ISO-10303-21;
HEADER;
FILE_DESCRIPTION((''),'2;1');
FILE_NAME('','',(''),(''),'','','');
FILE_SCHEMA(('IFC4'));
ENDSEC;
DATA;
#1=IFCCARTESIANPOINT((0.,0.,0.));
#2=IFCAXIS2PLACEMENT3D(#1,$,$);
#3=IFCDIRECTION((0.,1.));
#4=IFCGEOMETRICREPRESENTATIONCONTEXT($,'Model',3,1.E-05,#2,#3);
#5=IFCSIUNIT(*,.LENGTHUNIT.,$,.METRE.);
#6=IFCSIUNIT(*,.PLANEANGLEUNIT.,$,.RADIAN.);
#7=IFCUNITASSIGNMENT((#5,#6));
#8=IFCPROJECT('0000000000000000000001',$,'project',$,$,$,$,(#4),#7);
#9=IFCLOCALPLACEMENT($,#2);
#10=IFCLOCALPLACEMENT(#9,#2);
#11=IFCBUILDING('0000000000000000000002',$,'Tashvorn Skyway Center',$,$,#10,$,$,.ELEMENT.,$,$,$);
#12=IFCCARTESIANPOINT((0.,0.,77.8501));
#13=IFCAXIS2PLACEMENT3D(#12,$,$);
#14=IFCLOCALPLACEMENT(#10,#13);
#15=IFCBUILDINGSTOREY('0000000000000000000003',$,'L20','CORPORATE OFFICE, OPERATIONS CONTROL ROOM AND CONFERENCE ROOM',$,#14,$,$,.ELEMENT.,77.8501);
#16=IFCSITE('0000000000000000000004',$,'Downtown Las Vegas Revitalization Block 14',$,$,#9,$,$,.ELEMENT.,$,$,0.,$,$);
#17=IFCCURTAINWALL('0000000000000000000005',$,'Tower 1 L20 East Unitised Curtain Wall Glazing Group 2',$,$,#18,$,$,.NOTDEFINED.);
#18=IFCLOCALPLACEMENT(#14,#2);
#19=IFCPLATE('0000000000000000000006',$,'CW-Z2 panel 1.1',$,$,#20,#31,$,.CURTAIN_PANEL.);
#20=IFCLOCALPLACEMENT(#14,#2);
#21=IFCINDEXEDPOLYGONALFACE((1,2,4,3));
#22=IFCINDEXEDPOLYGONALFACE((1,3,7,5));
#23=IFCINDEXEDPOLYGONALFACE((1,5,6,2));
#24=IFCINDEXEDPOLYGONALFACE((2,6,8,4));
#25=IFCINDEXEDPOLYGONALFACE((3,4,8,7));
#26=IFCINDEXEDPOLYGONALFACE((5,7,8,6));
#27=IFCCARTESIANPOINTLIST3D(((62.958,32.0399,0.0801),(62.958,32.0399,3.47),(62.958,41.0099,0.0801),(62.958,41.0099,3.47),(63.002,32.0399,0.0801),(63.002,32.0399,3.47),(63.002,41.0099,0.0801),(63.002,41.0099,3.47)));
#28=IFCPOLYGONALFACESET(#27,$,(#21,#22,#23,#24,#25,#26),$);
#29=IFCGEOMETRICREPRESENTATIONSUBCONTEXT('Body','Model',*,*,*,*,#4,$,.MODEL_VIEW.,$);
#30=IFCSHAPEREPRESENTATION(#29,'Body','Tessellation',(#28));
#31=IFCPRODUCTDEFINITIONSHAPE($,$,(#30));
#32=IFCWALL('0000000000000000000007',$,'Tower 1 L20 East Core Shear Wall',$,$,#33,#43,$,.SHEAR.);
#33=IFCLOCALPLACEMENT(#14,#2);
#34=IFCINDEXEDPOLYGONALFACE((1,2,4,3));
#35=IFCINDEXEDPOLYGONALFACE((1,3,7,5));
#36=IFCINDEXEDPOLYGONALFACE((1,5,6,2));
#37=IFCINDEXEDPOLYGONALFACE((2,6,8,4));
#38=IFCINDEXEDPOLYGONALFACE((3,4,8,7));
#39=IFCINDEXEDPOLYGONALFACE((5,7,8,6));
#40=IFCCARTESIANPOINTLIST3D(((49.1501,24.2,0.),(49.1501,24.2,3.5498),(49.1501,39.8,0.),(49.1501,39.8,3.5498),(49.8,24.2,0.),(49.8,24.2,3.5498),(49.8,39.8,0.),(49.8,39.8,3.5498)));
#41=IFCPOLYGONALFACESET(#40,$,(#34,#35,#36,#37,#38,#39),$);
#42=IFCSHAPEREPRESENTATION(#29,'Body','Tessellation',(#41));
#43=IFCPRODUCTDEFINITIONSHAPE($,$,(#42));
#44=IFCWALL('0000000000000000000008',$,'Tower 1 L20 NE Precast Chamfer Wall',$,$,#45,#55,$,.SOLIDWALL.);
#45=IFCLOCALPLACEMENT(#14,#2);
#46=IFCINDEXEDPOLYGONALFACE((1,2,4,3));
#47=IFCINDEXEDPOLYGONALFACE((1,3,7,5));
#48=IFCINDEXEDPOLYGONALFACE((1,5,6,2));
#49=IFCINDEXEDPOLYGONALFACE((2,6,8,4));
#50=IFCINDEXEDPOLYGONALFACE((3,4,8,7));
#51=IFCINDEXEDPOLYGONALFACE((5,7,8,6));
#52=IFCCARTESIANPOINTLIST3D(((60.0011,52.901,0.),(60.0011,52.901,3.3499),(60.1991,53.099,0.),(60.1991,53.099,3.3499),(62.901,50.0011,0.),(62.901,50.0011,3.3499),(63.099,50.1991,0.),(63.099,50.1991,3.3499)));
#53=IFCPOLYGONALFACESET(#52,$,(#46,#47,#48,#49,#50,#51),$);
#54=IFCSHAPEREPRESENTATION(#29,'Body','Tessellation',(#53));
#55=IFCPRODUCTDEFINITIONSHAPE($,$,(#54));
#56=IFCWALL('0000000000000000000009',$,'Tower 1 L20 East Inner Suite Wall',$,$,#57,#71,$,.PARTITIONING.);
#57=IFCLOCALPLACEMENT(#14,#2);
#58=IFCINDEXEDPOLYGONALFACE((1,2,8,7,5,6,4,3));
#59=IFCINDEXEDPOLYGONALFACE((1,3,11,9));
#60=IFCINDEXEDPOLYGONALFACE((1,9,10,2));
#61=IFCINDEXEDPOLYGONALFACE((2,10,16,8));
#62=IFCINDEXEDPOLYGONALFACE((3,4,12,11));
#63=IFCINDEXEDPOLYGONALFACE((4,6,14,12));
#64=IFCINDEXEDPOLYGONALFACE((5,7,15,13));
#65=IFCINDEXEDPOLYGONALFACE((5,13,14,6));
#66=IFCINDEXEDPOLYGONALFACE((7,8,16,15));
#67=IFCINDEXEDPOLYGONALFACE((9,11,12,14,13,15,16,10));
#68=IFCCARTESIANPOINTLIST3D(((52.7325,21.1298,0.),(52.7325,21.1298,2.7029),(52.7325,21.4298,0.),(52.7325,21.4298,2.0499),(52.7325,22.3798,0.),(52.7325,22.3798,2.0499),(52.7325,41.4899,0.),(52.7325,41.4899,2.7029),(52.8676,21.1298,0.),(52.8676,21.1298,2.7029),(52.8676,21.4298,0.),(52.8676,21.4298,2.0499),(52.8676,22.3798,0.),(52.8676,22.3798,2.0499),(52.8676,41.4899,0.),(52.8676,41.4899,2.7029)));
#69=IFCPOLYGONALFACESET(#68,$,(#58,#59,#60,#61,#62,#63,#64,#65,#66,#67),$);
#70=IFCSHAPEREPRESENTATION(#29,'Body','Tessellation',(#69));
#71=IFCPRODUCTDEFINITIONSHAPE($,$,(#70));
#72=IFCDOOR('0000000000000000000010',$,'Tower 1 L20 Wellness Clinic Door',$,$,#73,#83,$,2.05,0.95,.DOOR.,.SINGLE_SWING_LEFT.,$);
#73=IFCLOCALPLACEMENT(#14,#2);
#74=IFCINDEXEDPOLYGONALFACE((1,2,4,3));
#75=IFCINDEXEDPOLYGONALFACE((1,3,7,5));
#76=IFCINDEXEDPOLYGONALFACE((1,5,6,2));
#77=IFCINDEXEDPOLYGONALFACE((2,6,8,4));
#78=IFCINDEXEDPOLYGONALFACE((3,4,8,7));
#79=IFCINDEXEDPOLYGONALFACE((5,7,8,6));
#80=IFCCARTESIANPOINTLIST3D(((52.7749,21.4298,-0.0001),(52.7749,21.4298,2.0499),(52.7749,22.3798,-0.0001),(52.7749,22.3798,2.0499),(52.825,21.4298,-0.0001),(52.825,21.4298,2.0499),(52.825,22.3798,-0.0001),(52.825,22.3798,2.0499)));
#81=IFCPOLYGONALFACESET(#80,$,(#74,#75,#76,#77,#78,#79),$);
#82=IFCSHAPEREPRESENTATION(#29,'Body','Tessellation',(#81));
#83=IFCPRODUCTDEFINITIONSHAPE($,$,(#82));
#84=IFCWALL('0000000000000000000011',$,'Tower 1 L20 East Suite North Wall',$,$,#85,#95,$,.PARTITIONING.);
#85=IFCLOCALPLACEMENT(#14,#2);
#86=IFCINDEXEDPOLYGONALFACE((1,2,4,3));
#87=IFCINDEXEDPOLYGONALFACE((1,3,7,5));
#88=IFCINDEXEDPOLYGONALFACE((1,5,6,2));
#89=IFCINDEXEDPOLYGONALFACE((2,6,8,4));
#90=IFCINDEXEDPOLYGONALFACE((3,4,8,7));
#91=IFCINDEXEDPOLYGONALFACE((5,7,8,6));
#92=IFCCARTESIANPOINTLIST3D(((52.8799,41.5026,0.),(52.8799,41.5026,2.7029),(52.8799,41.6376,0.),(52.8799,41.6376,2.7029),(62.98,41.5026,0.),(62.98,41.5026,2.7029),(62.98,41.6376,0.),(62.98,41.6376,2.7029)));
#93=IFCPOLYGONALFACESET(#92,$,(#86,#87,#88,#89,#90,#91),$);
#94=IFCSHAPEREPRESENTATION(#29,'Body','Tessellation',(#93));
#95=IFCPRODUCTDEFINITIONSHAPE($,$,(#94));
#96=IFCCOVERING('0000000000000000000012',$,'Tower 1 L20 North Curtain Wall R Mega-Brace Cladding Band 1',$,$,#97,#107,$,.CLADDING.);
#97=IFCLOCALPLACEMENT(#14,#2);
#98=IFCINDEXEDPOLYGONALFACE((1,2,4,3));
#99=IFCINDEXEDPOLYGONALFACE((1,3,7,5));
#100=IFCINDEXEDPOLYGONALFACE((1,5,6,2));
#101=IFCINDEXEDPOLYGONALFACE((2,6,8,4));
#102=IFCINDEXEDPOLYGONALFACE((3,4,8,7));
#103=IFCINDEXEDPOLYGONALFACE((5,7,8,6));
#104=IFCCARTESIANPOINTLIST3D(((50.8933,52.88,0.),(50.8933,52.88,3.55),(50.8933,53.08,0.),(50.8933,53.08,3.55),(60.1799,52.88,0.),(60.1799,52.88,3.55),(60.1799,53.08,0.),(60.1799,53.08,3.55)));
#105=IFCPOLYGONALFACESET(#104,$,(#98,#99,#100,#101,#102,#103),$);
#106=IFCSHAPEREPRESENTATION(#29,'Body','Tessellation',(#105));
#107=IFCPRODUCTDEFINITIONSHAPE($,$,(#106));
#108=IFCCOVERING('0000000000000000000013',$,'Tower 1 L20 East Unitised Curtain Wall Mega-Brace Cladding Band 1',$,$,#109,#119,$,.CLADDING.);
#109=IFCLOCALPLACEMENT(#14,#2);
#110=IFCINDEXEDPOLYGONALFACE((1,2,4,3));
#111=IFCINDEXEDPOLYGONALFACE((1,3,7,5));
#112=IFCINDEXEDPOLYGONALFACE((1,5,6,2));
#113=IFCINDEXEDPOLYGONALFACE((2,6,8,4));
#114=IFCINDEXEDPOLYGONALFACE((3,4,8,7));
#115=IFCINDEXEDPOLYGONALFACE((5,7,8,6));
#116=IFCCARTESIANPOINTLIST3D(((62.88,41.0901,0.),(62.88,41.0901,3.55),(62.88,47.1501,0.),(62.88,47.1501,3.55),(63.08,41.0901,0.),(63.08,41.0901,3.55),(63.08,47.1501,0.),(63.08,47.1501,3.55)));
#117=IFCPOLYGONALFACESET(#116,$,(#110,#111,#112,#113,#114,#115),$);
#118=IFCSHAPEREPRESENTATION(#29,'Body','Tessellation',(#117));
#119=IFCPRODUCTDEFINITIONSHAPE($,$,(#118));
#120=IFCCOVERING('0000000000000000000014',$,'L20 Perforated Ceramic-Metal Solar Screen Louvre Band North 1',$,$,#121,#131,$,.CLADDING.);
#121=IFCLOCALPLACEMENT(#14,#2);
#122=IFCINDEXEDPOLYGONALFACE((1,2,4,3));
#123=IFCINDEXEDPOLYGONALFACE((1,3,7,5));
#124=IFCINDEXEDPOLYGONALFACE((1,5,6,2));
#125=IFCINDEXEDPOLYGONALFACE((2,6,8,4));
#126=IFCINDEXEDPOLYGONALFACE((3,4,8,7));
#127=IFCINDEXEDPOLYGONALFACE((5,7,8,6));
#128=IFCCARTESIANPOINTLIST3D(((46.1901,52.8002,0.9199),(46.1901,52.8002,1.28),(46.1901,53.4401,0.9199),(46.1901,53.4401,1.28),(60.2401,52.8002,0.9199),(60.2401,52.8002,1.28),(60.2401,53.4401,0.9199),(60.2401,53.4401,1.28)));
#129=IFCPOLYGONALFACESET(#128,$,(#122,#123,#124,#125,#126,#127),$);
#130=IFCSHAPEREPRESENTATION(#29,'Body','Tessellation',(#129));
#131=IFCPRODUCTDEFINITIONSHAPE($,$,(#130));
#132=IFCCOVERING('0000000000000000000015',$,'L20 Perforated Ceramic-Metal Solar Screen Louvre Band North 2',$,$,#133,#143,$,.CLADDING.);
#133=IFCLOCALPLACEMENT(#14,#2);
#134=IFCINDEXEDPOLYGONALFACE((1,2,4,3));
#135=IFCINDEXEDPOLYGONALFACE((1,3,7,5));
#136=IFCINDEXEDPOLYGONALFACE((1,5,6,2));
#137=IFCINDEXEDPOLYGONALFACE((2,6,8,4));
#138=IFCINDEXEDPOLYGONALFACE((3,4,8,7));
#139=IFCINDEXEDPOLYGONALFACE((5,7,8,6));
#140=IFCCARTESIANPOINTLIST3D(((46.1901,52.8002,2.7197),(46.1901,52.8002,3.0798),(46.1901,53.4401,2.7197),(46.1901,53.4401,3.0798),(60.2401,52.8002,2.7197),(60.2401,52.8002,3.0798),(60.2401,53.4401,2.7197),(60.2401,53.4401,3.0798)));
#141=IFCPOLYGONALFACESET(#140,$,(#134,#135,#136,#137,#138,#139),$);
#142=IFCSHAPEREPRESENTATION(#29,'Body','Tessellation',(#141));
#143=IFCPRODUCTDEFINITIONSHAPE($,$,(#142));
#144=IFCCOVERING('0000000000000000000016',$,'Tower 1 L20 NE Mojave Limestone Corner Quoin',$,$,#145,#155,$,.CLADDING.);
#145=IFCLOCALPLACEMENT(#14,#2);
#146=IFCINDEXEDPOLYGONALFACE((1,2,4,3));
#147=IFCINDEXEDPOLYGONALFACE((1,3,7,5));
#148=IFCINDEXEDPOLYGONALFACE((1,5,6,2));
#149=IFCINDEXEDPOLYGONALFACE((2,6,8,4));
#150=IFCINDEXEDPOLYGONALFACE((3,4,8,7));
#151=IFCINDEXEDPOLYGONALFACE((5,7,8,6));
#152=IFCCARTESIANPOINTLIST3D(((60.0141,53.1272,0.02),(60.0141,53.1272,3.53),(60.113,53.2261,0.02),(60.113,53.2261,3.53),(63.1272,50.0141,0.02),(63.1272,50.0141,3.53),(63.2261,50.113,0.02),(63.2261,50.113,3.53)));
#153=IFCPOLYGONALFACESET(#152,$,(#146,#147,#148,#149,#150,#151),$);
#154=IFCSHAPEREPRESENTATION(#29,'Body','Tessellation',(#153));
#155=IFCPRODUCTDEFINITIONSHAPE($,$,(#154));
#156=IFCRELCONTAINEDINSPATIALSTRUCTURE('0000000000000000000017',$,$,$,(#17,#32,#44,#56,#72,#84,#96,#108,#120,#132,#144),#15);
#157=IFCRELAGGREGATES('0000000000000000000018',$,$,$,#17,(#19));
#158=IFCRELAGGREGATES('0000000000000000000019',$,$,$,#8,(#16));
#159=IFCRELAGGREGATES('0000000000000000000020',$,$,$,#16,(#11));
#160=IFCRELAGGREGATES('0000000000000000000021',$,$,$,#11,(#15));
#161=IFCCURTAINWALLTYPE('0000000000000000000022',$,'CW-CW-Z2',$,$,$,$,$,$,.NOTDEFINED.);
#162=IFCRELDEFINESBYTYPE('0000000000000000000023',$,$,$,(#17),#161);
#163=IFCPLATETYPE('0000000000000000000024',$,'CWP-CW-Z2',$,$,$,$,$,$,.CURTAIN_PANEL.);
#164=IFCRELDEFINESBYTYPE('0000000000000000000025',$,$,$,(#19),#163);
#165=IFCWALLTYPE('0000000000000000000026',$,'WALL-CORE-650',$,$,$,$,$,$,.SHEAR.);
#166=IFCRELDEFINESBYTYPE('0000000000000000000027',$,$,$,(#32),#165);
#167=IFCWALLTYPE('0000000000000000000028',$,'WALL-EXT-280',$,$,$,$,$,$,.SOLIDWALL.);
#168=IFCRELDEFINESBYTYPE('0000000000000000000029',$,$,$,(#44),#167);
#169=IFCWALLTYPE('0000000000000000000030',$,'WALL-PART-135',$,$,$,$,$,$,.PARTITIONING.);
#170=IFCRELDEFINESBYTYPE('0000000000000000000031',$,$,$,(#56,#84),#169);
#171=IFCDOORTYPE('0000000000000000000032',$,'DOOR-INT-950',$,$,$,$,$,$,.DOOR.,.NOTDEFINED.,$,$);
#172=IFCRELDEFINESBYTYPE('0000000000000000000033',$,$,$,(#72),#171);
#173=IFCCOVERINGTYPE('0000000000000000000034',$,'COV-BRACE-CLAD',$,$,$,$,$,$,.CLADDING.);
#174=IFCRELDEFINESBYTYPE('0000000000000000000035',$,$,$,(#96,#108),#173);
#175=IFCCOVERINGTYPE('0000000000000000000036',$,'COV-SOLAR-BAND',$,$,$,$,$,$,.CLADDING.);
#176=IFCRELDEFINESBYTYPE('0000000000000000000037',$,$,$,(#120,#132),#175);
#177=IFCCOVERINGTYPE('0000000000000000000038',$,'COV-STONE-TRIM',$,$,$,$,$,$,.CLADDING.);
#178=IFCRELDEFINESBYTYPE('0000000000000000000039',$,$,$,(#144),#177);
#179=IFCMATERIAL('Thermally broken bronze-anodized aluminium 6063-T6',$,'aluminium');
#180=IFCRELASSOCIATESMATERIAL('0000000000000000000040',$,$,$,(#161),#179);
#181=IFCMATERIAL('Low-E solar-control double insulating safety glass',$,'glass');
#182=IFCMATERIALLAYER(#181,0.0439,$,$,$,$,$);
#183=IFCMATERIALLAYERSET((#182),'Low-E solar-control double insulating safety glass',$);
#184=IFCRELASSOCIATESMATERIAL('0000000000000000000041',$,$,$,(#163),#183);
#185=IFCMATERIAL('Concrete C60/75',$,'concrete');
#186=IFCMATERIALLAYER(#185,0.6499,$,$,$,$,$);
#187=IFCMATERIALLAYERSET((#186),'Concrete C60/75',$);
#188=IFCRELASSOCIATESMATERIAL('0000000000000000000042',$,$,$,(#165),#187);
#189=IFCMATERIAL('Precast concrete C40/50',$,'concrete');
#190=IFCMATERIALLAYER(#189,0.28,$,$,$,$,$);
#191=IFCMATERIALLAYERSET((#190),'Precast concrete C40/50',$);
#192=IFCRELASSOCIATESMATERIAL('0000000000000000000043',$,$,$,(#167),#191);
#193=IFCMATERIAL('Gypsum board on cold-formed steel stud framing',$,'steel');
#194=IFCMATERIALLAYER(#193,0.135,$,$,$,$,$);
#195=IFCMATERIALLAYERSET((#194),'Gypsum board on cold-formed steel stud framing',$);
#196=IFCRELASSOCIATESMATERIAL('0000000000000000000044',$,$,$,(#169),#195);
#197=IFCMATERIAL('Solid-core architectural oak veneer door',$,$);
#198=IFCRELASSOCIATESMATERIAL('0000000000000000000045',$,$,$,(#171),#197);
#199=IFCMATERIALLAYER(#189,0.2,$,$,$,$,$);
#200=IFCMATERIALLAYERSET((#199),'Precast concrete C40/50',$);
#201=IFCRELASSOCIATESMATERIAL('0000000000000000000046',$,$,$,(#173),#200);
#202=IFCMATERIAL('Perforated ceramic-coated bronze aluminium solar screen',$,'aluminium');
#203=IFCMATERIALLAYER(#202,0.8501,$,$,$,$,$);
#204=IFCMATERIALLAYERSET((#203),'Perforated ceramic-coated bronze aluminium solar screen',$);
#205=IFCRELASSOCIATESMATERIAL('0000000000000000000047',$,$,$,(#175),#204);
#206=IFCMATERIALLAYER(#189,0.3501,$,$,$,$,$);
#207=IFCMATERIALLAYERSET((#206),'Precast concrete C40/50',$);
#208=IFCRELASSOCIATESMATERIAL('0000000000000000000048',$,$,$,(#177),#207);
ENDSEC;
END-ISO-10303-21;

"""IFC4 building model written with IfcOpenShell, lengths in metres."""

from ifc_helpers import new_model, si_unit, direction, frame, frame_2d, origin, origin_2d, place, context, subcontext, project, spatial, rectangle, extrude, material, layer, layer_set, type_object, element, fill, aggregate, save


model = new_model("IFC4")

# Units and contexts
model_context = context("Model", 3, precision=1e-05, world=origin(), true_north=direction((0.0, 1.0)))
body_context = subcontext(model_context, "Body", "Model", "MODEL_VIEW")
ifc_project = project(units=[si_unit("LENGTHUNIT", "METRE"), si_unit("PLANEANGLEUNIT", "RADIAN")], contexts=[model_context])

# Site, building, storey
site_placement = place(None, origin())
site = spatial("IfcSite", under=ifc_project, at=site_placement, Name="Downtown Las Vegas Revitalization Block 14", CompositionType="ELEMENT", RefElevation=0.0)
building_placement = place(site_placement, origin())
building = spatial("IfcBuilding", under=site, at=building_placement, Name="Tashvorn Skyway Center", CompositionType="ELEMENT")
storey_placement = place(building_placement, frame((0.0, 0.0, 77.8501)))
storey = spatial("IfcBuildingStorey", under=building, at=storey_placement, Name="L20", Description="CORPORATE OFFICE, OPERATIONS CONTROL ROOM AND CONFERENCE ROOM", CompositionType="ELEMENT", Elevation=77.8501)

# Shared definitions
ifc_material_1 = material(Name="Thermally broken bronze-anodized aluminium 6063-T6", Category="aluminium")
curtain_wall_type = type_object("IfcCurtainWallType", Name="CW-CW-Z2", PredefinedType="NOTDEFINED", material=ifc_material_1)

# Curtain wall
curtain_wall_1_placement = place(storey_placement, origin())
curtain_wall_1 = element("IfcCurtainWall", 1, at=curtain_wall_1_placement, inside=storey, type_object=curtain_wall_type, Name="Tower 1 L20 East Unitised Curtain Wall Glazing Group 2", PredefinedType="NOTDEFINED")

# Plate
ifc_material_2 = material(Name="Low-E solar-control double insulating safety glass", Category="glass")
ifc_layer_1 = layer(ifc_material_2, 0.0439)
ifc_layer_set_1 = layer_set([ifc_layer_1], Name="Low-E solar-control double insulating safety glass")
plate_type = type_object("IfcPlateType", Name="CWP-CW-Z2", PredefinedType="CURTAIN_PANEL", material=ifc_layer_set_1)
plate_1_placement = place(storey_placement, frame((62.98, 36.5249, 0.0801), z_axis=(0.0, 0.0, 1.0), x_axis=(0.0, -1.0, 0.0)))
plate_1 = element("IfcPlate", 2, at=plate_1_placement, type_object=plate_type, Name="CW-Z2 panel 1.1", PredefinedType="CURTAIN_PANEL", context=body_context, shape_type="SweptSolid", body=[
    extrude(rectangle(XDim=8.97, YDim=0.0439, at=origin_2d()), origin(), (0.0, 0.0, 1.0), 3.3899),
])
aggregate(curtain_wall_1, [plate_1])

# Walls
ifc_material_3 = material(Name="Concrete C60/75", Category="concrete")
ifc_layer_2 = layer(ifc_material_3, 0.6499)
ifc_layer_set_2 = layer_set([ifc_layer_2], Name="Concrete C60/75")
wall_type_1 = type_object("IfcWallType", Name="WALL-CORE-650", PredefinedType="SHEAR", material=ifc_layer_set_2)
wall_1_placement = place(storey_placement, frame((49.4751, 39.8, 0.0), z_axis=(0.0, 0.0, 1.0), x_axis=(0.0, -1.0, 0.0)))
element("IfcWall", 3, at=wall_1_placement, inside=storey, type_object=wall_type_1, Name="Tower 1 L20 East Core Shear Wall", PredefinedType="SHEAR", context=body_context, shape_type="SweptSolid", body=[
    extrude(rectangle(XDim=15.6001, YDim=0.6499, at=frame_2d((7.8, 0.0))), origin(), (0.0, 0.0, 1.0), 3.5498),
])
ifc_material_4 = material(Name="Precast concrete C40/50", Category="concrete")
ifc_layer_3 = layer(ifc_material_4, 0.28)
ifc_layer_set_3 = layer_set([ifc_layer_3], Name="Precast concrete C40/50")
wall_type_2 = type_object("IfcWallType", Name="WALL-EXT-280", PredefinedType="SOLIDWALL", material=ifc_layer_set_3)
wall_2_placement = place(storey_placement, frame((60.1001, 53.0, 0.0), z_axis=(0.0, 0.0, 1.0), x_axis=(0.707107, -0.707107, 0.0)))
element("IfcWall", 4, at=wall_2_placement, inside=storey, type_object=wall_type_2, Name="Tower 1 L20 NE Precast Chamfer Wall", PredefinedType="SOLIDWALL", context=body_context, shape_type="SweptSolid", body=[
    extrude(rectangle(XDim=4.1011, YDim=0.28, at=frame_2d((2.0505, 0.0))), origin(), (0.0, 0.0, 1.0), 3.3499),
])

# Wall, opening, door
ifc_material_5 = material(Name="Gypsum board on cold-formed steel stud framing", Category="steel")
ifc_layer_4 = layer(ifc_material_5, 0.135)
ifc_layer_set_4 = layer_set([ifc_layer_4], Name="Gypsum board on cold-formed steel stud framing")
wall_type_3 = type_object("IfcWallType", Name="WALL-PART-135", PredefinedType="PARTITIONING", material=ifc_layer_set_4)
wall_3_placement = place(storey_placement, frame((52.8, 41.49, 0.0), z_axis=(0.0, 0.0, 1.0), x_axis=(0.0, -1.0, 0.0)))
wall_3 = element("IfcWall", 5, at=wall_3_placement, inside=storey, type_object=wall_type_3, Name="Tower 1 L20 East Inner Suite Wall", PredefinedType="PARTITIONING", context=body_context, shape_type="SweptSolid", body=[
    extrude(rectangle(XDim=20.3601, YDim=0.135, at=frame_2d((10.1802, 0.0))), origin(), (0.0, 0.0, 1.0), 2.7029),
])
opening_placement = place(wall_3_placement, frame((19.1101, 0.0, 0.0)))
opening = element("IfcOpeningElement", 6, at=opening_placement, cuts=wall_3, PredefinedType="OPENING", context=body_context, shape_type="SweptSolid", body=[
    extrude(rectangle(XDim=0.95, YDim=2.05, at=frame_2d((0.4751, 1.0249))), frame((0.0, 0.0774, 0.0), z_axis=(0.0, -1.0, 0.0), x_axis=(1.0, 0.0, 0.0)), (0.0, 0.0, 1.0), 0.155),
])
ifc_material_6 = material(Name="Solid-core architectural oak veneer door")
door_type = type_object("IfcDoorType", Name="DOOR-INT-950", OperationType="NOTDEFINED", PredefinedType="DOOR", material=ifc_material_6)
door_placement = place(opening_placement, origin())
door = element("IfcDoor", 7, at=door_placement, inside=storey, type_object=door_type, Name="Tower 1 L20 Wellness Clinic Door", OperationType="SINGLE_SWING_LEFT", OverallHeight=2.05, OverallWidth=0.95, PredefinedType="DOOR", context=body_context, shape_type="SweptSolid", body=[
    extrude(rectangle(XDim=0.95, YDim=2.05, at=frame_2d((0.4751, 1.0249))), frame((0.0, 0.0249, 0.0), z_axis=(0.0, -1.0, 0.0), x_axis=(1.0, 0.0, 0.0)), (0.0, 0.0, 1.0), 0.05),
])
fill(opening, door)

# Wall
wall_4_placement = place(storey_placement, frame((62.98, 41.5701, 0.0), z_axis=(0.0, 0.0, 1.0), x_axis=(-1.0, 0.0, 0.0)))
element("IfcWall", 8, at=wall_4_placement, inside=storey, type_object=wall_type_3, Name="Tower 1 L20 East Suite North Wall", PredefinedType="PARTITIONING", context=body_context, shape_type="SweptSolid", body=[
    extrude(rectangle(XDim=10.1001, YDim=0.135, at=frame_2d((5.05, 0.0))), origin(), (0.0, 0.0, 1.0), 2.7029),
])

# Coverings
ifc_layer_5 = layer(ifc_material_4, 0.2)
ifc_layer_set_5 = layer_set([ifc_layer_5], Name="Precast concrete C40/50")
covering_type_1 = type_object("IfcCoveringType", Name="COV-BRACE-CLAD", PredefinedType="CLADDING", material=ifc_layer_set_5)
covering_1_placement = place(storey_placement, frame((55.5366, 52.98, 0.0), z_axis=(0.0, 0.0, 1.0), x_axis=(1.0, 0.0, 0.0)))
element("IfcCovering", 9, at=covering_1_placement, inside=storey, type_object=covering_type_1, Name="Tower 1 L20 North Curtain Wall R Mega-Brace Cladding Band 1", PredefinedType="CLADDING", context=body_context, shape_type="SweptSolid", body=[
    extrude(rectangle(XDim=9.2866, YDim=0.2, at=origin_2d()), origin(), (0.0, 0.0, 1.0), 3.55),
])
covering_2_placement = place(storey_placement, frame((62.98, 44.1201, 0.0), z_axis=(0.0, 0.0, 1.0), x_axis=(0.0, -1.0, 0.0)))
element("IfcCovering", 10, at=covering_2_placement, inside=storey, type_object=covering_type_1, Name="Tower 1 L20 East Unitised Curtain Wall Mega-Brace Cladding Band 1", PredefinedType="CLADDING", context=body_context, shape_type="SweptSolid", body=[
    extrude(rectangle(XDim=6.0601, YDim=0.2, at=origin_2d()), origin(), (0.0, 0.0, 1.0), 3.55),
])
ifc_material_7 = material(Name="Perforated ceramic-coated bronze aluminium solar screen", Category="aluminium")
ifc_layer_6 = layer(ifc_material_7, 0.8501)
ifc_layer_set_6 = layer_set([ifc_layer_6], Name="Perforated ceramic-coated bronze aluminium solar screen")
covering_type_2 = type_object("IfcCoveringType", Name="COV-SOLAR-BAND", PredefinedType="CLADDING", material=ifc_layer_set_6)
for number, where, z_axis, x_axis, name in (
    (11, (53.2151, 53.1201, 0.9199), (0.0, 0.0, 1.0), (1.0, 0.0, 0.0), "L20 Perforated Ceramic-Metal Solar Screen Louvre Band North 1"),
    (12, (53.2151, 53.1201, 2.7197), (0.0, 0.0, 1.0), (1.0, 0.0, 0.0), "L20 Perforated Ceramic-Metal Solar Screen Louvre Band North 2"),
):
    element("IfcCovering", number, at=place(storey_placement, frame(where, z_axis=z_axis, x_axis=x_axis)), inside=storey, type_object=covering_type_2, Name=name, PredefinedType="CLADDING", context=body_context, shape_type="SweptSolid", body=[
        extrude(rectangle(XDim=14.05, YDim=0.6399, at=origin_2d()), origin(), (0.0, 0.0, 1.0), 0.3601),
    ])
ifc_layer_7 = layer(ifc_material_4, 0.3501)
ifc_layer_set_7 = layer_set([ifc_layer_7], Name="Precast concrete C40/50")
covering_type_3 = type_object("IfcCoveringType", Name="COV-STONE-TRIM", PredefinedType="CLADDING", material=ifc_layer_set_7)
covering_3_placement = place(storey_placement, frame((61.6201, 51.6201, 0.02), z_axis=(0.0, 0.0, 1.0), x_axis=(0.707107, -0.707107, 0.0)))
element("IfcCovering", 13, at=covering_3_placement, inside=storey, type_object=covering_type_3, Name="Tower 1 L20 NE Mojave Limestone Corner Quoin", PredefinedType="CLADDING", context=body_context, shape_type="SweptSolid", body=[
    extrude(rectangle(XDim=4.4026, YDim=0.1399, at=origin_2d()), origin(), (0.0, 0.0, 1.0), 3.51),
])

save(model, "model.ifc")
